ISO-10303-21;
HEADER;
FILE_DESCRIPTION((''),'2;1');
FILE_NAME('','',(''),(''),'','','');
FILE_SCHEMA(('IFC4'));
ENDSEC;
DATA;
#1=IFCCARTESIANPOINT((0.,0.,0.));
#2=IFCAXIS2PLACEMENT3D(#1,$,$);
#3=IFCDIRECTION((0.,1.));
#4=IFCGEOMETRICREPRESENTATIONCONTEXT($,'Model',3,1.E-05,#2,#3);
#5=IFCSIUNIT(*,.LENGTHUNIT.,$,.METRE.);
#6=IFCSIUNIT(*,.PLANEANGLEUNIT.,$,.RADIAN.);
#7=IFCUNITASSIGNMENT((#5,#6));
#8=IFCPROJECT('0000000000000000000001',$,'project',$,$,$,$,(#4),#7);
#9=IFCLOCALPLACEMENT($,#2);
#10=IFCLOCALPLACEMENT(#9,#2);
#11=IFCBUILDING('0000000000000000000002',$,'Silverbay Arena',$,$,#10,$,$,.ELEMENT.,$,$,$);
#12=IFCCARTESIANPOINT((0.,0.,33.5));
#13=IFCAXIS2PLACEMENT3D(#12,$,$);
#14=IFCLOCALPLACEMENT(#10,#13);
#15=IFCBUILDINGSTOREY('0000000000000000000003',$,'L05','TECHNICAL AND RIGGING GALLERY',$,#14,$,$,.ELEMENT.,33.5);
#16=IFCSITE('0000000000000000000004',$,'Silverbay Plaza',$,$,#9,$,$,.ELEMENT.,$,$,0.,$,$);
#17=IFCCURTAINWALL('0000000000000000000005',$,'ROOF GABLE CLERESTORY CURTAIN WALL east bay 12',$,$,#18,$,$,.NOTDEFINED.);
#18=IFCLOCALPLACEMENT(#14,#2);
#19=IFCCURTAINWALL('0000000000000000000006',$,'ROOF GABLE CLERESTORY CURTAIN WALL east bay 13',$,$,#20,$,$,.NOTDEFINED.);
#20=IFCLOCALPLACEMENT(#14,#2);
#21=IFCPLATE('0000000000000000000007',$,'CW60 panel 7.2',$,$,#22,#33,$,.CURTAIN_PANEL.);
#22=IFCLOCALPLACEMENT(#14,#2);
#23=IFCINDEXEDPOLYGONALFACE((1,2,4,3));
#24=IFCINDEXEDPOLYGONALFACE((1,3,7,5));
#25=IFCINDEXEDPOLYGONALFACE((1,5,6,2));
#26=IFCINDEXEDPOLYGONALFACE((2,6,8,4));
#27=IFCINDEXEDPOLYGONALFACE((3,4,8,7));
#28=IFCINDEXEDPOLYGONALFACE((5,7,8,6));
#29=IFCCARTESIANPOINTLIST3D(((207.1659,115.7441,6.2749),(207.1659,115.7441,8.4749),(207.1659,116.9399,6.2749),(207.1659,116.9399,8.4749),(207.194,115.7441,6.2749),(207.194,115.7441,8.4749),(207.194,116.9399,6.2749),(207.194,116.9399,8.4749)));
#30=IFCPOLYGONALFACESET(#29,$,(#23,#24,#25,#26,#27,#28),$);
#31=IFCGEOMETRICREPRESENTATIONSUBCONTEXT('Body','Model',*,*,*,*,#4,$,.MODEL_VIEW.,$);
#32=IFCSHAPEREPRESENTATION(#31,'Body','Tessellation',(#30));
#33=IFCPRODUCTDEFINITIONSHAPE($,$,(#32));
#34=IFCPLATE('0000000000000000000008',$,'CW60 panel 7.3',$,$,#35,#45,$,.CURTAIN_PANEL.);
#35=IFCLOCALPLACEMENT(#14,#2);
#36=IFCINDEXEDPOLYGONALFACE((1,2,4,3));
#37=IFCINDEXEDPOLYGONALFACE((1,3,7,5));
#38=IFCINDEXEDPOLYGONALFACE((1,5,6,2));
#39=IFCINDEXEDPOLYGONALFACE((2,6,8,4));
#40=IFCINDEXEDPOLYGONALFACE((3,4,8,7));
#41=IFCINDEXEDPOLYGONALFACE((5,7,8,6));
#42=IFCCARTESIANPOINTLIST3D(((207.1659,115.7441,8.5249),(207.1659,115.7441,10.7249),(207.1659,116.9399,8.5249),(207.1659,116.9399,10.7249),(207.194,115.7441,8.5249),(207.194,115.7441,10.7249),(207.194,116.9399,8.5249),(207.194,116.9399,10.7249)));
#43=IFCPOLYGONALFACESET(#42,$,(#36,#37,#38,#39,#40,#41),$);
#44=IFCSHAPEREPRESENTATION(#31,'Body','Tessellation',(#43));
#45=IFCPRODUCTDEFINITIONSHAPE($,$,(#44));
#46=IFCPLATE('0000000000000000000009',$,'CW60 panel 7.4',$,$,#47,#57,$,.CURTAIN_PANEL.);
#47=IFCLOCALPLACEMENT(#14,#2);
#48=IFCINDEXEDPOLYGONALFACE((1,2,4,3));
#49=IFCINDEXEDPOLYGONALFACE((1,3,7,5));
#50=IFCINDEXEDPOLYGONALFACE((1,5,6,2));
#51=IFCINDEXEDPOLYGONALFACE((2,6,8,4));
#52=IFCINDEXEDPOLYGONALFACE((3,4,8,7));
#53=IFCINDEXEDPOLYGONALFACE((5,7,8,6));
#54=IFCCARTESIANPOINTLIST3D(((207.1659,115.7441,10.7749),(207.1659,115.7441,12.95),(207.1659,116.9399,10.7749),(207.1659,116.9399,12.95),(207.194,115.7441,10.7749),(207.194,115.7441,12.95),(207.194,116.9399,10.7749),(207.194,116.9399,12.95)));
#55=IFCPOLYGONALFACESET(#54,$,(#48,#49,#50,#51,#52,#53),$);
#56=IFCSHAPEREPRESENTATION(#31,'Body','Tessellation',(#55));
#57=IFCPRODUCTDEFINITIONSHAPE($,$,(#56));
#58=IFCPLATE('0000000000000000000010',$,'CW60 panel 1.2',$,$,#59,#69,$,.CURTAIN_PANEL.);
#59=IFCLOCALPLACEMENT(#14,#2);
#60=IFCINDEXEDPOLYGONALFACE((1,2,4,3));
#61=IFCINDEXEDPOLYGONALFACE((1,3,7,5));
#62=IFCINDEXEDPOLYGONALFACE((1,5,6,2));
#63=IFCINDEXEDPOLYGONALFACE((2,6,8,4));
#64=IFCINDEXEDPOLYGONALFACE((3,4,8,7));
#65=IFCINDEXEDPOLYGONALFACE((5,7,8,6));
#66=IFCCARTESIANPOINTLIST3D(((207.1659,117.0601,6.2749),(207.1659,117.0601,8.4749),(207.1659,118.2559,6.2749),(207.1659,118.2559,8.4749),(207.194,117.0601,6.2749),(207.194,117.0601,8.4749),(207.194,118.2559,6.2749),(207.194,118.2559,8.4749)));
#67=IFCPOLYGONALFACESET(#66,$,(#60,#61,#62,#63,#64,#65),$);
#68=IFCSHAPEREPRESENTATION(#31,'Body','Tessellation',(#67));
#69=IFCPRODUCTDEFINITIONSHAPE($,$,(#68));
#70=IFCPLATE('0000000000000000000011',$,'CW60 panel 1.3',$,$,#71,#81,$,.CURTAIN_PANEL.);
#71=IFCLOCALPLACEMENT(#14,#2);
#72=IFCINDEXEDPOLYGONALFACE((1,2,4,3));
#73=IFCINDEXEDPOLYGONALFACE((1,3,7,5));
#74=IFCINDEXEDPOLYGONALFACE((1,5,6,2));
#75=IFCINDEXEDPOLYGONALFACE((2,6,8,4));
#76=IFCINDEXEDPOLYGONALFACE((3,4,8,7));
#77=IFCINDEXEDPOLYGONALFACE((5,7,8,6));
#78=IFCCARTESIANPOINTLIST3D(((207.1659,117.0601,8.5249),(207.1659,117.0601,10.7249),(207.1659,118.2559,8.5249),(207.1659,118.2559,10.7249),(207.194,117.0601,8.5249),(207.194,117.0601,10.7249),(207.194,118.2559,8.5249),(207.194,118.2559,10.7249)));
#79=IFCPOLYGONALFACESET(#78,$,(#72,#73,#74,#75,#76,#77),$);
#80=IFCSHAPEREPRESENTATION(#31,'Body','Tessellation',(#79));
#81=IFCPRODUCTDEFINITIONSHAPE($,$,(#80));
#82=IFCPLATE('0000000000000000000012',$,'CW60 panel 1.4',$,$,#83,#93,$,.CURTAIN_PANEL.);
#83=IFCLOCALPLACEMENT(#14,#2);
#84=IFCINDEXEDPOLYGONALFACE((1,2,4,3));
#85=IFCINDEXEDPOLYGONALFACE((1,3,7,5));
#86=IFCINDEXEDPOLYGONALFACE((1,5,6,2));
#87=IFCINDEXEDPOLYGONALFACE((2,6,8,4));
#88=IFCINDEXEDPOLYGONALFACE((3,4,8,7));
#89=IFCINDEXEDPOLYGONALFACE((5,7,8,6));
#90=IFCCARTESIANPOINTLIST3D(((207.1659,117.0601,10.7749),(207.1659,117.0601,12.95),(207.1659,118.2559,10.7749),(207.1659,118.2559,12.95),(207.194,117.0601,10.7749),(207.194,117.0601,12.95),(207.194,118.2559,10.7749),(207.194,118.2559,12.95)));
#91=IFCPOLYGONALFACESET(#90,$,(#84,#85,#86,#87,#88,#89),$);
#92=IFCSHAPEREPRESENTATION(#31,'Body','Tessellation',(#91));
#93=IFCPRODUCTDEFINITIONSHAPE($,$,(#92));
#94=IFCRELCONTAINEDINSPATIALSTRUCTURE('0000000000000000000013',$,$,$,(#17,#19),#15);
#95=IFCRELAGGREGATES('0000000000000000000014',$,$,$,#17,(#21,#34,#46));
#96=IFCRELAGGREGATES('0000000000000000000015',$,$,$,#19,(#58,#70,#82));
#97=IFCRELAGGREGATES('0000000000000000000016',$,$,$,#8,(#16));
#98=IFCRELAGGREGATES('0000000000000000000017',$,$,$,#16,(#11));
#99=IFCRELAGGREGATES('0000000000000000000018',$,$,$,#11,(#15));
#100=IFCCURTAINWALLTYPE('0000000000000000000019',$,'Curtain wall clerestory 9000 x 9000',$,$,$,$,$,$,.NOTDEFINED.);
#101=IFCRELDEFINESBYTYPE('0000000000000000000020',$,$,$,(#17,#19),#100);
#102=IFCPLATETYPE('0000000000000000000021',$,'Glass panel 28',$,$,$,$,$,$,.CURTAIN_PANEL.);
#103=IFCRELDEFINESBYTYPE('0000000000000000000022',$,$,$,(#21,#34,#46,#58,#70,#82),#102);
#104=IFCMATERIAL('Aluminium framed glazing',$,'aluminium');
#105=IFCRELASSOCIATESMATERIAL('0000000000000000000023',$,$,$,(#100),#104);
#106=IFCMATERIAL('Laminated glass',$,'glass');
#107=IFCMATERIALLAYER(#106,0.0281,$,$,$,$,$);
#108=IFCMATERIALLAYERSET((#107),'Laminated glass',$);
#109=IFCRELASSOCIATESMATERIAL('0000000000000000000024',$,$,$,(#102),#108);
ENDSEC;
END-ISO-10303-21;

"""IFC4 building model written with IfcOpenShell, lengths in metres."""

from ifc_helpers import new_model, si_unit, direction, frame, origin, origin_2d, place, context, subcontext, project, spatial, rectangle, extrude, material, layer, layer_set, type_object, element, aggregate, save


model = new_model("IFC4")

# Units and contexts
model_context = context("Model", 3, precision=1e-05, world=origin(), true_north=direction((0.0, 1.0)))
body_context = subcontext(model_context, "Body", "Model", "MODEL_VIEW")
ifc_project = project(units=[si_unit("LENGTHUNIT", "METRE"), si_unit("PLANEANGLEUNIT", "RADIAN")], contexts=[model_context])

# Site, building, storey
site_placement = place(None, origin())
site = spatial("IfcSite", under=ifc_project, at=site_placement, Name="Silverbay Plaza", CompositionType="ELEMENT", RefElevation=0.0)
building_placement = place(site_placement, origin())
building = spatial("IfcBuilding", under=site, at=building_placement, Name="Silverbay Arena", CompositionType="ELEMENT")
storey_placement = place(building_placement, frame((0.0, 0.0, 33.5)))
storey = spatial("IfcBuildingStorey", under=building, at=storey_placement, Name="L05", Description="TECHNICAL AND RIGGING GALLERY", CompositionType="ELEMENT", Elevation=33.5)

# Curtain walls
ifc_material_1 = material(Name="Aluminium framed glazing", Category="aluminium")
curtain_wall_type = type_object("IfcCurtainWallType", Name="Curtain wall clerestory 9000 x 9000", PredefinedType="NOTDEFINED", material=ifc_material_1)
curtain_wall_1_placement = place(storey_placement, origin())
curtain_wall_1 = element("IfcCurtainWall", 1, at=curtain_wall_1_placement, inside=storey, type_object=curtain_wall_type, Name="ROOF GABLE CLERESTORY CURTAIN WALL east bay 12", PredefinedType="NOTDEFINED")
curtain_wall_2_placement = place(storey_placement, origin())
curtain_wall_2 = element("IfcCurtainWall", 2, at=curtain_wall_2_placement, inside=storey, type_object=curtain_wall_type, Name="ROOF GABLE CLERESTORY CURTAIN WALL east bay 13", PredefinedType="NOTDEFINED")

# Plates
ifc_material_2 = material(Name="Laminated glass", Category="glass")
ifc_layer = layer(ifc_material_2, 0.0281)
ifc_layer_set = layer_set([ifc_layer], Name="Laminated glass")
plate_type = type_object("IfcPlateType", Name="Glass panel 28", PredefinedType="CURTAIN_PANEL", material=ifc_layer_set)
plate_1_placement = place(storey_placement, frame((207.1799, 116.342, 6.2749), z_axis=(0.0, 0.0, 1.0), x_axis=(0.0, 1.0, 0.0)))
plate_1 = element("IfcPlate", 3, at=plate_1_placement, type_object=plate_type, Name="CW60 panel 7.2", PredefinedType="CURTAIN_PANEL", context=body_context, shape_type="SweptSolid", body=[
    extrude(rectangle(XDim=1.1958, YDim=0.0281, at=origin_2d()), origin(), (0.0, 0.0, 1.0), 2.2),
])
plate_2_placement = place(storey_placement, frame((207.1799, 116.342, 8.5249), z_axis=(0.0, 0.0, 1.0), x_axis=(0.0, 1.0, 0.0)))
plate_2 = element("IfcPlate", 4, at=plate_2_placement, type_object=plate_type, Name="CW60 panel 7.3", PredefinedType="CURTAIN_PANEL", context=body_context, shape_type="SweptSolid", body=[
    extrude(rectangle(XDim=1.1958, YDim=0.0281, at=origin_2d()), origin(), (0.0, 0.0, 1.0), 2.2),
])
plate_3_placement = place(storey_placement, frame((207.1799, 116.342, 10.7749), z_axis=(0.0, 0.0, 1.0), x_axis=(0.0, 1.0, 0.0)))
plate_3 = element("IfcPlate", 5, at=plate_3_placement, type_object=plate_type, Name="CW60 panel 7.4", PredefinedType="CURTAIN_PANEL", context=body_context, shape_type="SweptSolid", body=[
    extrude(rectangle(XDim=1.1958, YDim=0.0281, at=origin_2d()), origin(), (0.0, 0.0, 1.0), 2.175),
])
aggregate(curtain_wall_1, [plate_1, plate_2, plate_3])
plate_4_placement = place(storey_placement, frame((207.1799, 117.658, 6.2749), z_axis=(0.0, 0.0, 1.0), x_axis=(0.0, 1.0, 0.0)))
plate_4 = element("IfcPlate", 6, at=plate_4_placement, type_object=plate_type, Name="CW60 panel 1.2", PredefinedType="CURTAIN_PANEL", context=body_context, shape_type="SweptSolid", body=[
    extrude(rectangle(XDim=1.1958, YDim=0.0281, at=origin_2d()), origin(), (0.0, 0.0, 1.0), 2.2),
])
plate_5_placement = place(storey_placement, frame((207.1799, 117.658, 8.5249), z_axis=(0.0, 0.0, 1.0), x_axis=(0.0, 1.0, 0.0)))
plate_5 = element("IfcPlate", 7, at=plate_5_placement, type_object=plate_type, Name="CW60 panel 1.3", PredefinedType="CURTAIN_PANEL", context=body_context, shape_type="SweptSolid", body=[
    extrude(rectangle(XDim=1.1958, YDim=0.0281, at=origin_2d()), origin(), (0.0, 0.0, 1.0), 2.2),
])
plate_6_placement = place(storey_placement, frame((207.1799, 117.658, 10.7749), z_axis=(0.0, 0.0, 1.0), x_axis=(0.0, 1.0, 0.0)))
plate_6 = element("IfcPlate", 8, at=plate_6_placement, type_object=plate_type, Name="CW60 panel 1.4", PredefinedType="CURTAIN_PANEL", context=body_context, shape_type="SweptSolid", body=[
    extrude(rectangle(XDim=1.1958, YDim=0.0281, at=origin_2d()), origin(), (0.0, 0.0, 1.0), 2.175),
])
aggregate(curtain_wall_2, [plate_4, plate_5, plate_6])

save(model, "model.ifc")
